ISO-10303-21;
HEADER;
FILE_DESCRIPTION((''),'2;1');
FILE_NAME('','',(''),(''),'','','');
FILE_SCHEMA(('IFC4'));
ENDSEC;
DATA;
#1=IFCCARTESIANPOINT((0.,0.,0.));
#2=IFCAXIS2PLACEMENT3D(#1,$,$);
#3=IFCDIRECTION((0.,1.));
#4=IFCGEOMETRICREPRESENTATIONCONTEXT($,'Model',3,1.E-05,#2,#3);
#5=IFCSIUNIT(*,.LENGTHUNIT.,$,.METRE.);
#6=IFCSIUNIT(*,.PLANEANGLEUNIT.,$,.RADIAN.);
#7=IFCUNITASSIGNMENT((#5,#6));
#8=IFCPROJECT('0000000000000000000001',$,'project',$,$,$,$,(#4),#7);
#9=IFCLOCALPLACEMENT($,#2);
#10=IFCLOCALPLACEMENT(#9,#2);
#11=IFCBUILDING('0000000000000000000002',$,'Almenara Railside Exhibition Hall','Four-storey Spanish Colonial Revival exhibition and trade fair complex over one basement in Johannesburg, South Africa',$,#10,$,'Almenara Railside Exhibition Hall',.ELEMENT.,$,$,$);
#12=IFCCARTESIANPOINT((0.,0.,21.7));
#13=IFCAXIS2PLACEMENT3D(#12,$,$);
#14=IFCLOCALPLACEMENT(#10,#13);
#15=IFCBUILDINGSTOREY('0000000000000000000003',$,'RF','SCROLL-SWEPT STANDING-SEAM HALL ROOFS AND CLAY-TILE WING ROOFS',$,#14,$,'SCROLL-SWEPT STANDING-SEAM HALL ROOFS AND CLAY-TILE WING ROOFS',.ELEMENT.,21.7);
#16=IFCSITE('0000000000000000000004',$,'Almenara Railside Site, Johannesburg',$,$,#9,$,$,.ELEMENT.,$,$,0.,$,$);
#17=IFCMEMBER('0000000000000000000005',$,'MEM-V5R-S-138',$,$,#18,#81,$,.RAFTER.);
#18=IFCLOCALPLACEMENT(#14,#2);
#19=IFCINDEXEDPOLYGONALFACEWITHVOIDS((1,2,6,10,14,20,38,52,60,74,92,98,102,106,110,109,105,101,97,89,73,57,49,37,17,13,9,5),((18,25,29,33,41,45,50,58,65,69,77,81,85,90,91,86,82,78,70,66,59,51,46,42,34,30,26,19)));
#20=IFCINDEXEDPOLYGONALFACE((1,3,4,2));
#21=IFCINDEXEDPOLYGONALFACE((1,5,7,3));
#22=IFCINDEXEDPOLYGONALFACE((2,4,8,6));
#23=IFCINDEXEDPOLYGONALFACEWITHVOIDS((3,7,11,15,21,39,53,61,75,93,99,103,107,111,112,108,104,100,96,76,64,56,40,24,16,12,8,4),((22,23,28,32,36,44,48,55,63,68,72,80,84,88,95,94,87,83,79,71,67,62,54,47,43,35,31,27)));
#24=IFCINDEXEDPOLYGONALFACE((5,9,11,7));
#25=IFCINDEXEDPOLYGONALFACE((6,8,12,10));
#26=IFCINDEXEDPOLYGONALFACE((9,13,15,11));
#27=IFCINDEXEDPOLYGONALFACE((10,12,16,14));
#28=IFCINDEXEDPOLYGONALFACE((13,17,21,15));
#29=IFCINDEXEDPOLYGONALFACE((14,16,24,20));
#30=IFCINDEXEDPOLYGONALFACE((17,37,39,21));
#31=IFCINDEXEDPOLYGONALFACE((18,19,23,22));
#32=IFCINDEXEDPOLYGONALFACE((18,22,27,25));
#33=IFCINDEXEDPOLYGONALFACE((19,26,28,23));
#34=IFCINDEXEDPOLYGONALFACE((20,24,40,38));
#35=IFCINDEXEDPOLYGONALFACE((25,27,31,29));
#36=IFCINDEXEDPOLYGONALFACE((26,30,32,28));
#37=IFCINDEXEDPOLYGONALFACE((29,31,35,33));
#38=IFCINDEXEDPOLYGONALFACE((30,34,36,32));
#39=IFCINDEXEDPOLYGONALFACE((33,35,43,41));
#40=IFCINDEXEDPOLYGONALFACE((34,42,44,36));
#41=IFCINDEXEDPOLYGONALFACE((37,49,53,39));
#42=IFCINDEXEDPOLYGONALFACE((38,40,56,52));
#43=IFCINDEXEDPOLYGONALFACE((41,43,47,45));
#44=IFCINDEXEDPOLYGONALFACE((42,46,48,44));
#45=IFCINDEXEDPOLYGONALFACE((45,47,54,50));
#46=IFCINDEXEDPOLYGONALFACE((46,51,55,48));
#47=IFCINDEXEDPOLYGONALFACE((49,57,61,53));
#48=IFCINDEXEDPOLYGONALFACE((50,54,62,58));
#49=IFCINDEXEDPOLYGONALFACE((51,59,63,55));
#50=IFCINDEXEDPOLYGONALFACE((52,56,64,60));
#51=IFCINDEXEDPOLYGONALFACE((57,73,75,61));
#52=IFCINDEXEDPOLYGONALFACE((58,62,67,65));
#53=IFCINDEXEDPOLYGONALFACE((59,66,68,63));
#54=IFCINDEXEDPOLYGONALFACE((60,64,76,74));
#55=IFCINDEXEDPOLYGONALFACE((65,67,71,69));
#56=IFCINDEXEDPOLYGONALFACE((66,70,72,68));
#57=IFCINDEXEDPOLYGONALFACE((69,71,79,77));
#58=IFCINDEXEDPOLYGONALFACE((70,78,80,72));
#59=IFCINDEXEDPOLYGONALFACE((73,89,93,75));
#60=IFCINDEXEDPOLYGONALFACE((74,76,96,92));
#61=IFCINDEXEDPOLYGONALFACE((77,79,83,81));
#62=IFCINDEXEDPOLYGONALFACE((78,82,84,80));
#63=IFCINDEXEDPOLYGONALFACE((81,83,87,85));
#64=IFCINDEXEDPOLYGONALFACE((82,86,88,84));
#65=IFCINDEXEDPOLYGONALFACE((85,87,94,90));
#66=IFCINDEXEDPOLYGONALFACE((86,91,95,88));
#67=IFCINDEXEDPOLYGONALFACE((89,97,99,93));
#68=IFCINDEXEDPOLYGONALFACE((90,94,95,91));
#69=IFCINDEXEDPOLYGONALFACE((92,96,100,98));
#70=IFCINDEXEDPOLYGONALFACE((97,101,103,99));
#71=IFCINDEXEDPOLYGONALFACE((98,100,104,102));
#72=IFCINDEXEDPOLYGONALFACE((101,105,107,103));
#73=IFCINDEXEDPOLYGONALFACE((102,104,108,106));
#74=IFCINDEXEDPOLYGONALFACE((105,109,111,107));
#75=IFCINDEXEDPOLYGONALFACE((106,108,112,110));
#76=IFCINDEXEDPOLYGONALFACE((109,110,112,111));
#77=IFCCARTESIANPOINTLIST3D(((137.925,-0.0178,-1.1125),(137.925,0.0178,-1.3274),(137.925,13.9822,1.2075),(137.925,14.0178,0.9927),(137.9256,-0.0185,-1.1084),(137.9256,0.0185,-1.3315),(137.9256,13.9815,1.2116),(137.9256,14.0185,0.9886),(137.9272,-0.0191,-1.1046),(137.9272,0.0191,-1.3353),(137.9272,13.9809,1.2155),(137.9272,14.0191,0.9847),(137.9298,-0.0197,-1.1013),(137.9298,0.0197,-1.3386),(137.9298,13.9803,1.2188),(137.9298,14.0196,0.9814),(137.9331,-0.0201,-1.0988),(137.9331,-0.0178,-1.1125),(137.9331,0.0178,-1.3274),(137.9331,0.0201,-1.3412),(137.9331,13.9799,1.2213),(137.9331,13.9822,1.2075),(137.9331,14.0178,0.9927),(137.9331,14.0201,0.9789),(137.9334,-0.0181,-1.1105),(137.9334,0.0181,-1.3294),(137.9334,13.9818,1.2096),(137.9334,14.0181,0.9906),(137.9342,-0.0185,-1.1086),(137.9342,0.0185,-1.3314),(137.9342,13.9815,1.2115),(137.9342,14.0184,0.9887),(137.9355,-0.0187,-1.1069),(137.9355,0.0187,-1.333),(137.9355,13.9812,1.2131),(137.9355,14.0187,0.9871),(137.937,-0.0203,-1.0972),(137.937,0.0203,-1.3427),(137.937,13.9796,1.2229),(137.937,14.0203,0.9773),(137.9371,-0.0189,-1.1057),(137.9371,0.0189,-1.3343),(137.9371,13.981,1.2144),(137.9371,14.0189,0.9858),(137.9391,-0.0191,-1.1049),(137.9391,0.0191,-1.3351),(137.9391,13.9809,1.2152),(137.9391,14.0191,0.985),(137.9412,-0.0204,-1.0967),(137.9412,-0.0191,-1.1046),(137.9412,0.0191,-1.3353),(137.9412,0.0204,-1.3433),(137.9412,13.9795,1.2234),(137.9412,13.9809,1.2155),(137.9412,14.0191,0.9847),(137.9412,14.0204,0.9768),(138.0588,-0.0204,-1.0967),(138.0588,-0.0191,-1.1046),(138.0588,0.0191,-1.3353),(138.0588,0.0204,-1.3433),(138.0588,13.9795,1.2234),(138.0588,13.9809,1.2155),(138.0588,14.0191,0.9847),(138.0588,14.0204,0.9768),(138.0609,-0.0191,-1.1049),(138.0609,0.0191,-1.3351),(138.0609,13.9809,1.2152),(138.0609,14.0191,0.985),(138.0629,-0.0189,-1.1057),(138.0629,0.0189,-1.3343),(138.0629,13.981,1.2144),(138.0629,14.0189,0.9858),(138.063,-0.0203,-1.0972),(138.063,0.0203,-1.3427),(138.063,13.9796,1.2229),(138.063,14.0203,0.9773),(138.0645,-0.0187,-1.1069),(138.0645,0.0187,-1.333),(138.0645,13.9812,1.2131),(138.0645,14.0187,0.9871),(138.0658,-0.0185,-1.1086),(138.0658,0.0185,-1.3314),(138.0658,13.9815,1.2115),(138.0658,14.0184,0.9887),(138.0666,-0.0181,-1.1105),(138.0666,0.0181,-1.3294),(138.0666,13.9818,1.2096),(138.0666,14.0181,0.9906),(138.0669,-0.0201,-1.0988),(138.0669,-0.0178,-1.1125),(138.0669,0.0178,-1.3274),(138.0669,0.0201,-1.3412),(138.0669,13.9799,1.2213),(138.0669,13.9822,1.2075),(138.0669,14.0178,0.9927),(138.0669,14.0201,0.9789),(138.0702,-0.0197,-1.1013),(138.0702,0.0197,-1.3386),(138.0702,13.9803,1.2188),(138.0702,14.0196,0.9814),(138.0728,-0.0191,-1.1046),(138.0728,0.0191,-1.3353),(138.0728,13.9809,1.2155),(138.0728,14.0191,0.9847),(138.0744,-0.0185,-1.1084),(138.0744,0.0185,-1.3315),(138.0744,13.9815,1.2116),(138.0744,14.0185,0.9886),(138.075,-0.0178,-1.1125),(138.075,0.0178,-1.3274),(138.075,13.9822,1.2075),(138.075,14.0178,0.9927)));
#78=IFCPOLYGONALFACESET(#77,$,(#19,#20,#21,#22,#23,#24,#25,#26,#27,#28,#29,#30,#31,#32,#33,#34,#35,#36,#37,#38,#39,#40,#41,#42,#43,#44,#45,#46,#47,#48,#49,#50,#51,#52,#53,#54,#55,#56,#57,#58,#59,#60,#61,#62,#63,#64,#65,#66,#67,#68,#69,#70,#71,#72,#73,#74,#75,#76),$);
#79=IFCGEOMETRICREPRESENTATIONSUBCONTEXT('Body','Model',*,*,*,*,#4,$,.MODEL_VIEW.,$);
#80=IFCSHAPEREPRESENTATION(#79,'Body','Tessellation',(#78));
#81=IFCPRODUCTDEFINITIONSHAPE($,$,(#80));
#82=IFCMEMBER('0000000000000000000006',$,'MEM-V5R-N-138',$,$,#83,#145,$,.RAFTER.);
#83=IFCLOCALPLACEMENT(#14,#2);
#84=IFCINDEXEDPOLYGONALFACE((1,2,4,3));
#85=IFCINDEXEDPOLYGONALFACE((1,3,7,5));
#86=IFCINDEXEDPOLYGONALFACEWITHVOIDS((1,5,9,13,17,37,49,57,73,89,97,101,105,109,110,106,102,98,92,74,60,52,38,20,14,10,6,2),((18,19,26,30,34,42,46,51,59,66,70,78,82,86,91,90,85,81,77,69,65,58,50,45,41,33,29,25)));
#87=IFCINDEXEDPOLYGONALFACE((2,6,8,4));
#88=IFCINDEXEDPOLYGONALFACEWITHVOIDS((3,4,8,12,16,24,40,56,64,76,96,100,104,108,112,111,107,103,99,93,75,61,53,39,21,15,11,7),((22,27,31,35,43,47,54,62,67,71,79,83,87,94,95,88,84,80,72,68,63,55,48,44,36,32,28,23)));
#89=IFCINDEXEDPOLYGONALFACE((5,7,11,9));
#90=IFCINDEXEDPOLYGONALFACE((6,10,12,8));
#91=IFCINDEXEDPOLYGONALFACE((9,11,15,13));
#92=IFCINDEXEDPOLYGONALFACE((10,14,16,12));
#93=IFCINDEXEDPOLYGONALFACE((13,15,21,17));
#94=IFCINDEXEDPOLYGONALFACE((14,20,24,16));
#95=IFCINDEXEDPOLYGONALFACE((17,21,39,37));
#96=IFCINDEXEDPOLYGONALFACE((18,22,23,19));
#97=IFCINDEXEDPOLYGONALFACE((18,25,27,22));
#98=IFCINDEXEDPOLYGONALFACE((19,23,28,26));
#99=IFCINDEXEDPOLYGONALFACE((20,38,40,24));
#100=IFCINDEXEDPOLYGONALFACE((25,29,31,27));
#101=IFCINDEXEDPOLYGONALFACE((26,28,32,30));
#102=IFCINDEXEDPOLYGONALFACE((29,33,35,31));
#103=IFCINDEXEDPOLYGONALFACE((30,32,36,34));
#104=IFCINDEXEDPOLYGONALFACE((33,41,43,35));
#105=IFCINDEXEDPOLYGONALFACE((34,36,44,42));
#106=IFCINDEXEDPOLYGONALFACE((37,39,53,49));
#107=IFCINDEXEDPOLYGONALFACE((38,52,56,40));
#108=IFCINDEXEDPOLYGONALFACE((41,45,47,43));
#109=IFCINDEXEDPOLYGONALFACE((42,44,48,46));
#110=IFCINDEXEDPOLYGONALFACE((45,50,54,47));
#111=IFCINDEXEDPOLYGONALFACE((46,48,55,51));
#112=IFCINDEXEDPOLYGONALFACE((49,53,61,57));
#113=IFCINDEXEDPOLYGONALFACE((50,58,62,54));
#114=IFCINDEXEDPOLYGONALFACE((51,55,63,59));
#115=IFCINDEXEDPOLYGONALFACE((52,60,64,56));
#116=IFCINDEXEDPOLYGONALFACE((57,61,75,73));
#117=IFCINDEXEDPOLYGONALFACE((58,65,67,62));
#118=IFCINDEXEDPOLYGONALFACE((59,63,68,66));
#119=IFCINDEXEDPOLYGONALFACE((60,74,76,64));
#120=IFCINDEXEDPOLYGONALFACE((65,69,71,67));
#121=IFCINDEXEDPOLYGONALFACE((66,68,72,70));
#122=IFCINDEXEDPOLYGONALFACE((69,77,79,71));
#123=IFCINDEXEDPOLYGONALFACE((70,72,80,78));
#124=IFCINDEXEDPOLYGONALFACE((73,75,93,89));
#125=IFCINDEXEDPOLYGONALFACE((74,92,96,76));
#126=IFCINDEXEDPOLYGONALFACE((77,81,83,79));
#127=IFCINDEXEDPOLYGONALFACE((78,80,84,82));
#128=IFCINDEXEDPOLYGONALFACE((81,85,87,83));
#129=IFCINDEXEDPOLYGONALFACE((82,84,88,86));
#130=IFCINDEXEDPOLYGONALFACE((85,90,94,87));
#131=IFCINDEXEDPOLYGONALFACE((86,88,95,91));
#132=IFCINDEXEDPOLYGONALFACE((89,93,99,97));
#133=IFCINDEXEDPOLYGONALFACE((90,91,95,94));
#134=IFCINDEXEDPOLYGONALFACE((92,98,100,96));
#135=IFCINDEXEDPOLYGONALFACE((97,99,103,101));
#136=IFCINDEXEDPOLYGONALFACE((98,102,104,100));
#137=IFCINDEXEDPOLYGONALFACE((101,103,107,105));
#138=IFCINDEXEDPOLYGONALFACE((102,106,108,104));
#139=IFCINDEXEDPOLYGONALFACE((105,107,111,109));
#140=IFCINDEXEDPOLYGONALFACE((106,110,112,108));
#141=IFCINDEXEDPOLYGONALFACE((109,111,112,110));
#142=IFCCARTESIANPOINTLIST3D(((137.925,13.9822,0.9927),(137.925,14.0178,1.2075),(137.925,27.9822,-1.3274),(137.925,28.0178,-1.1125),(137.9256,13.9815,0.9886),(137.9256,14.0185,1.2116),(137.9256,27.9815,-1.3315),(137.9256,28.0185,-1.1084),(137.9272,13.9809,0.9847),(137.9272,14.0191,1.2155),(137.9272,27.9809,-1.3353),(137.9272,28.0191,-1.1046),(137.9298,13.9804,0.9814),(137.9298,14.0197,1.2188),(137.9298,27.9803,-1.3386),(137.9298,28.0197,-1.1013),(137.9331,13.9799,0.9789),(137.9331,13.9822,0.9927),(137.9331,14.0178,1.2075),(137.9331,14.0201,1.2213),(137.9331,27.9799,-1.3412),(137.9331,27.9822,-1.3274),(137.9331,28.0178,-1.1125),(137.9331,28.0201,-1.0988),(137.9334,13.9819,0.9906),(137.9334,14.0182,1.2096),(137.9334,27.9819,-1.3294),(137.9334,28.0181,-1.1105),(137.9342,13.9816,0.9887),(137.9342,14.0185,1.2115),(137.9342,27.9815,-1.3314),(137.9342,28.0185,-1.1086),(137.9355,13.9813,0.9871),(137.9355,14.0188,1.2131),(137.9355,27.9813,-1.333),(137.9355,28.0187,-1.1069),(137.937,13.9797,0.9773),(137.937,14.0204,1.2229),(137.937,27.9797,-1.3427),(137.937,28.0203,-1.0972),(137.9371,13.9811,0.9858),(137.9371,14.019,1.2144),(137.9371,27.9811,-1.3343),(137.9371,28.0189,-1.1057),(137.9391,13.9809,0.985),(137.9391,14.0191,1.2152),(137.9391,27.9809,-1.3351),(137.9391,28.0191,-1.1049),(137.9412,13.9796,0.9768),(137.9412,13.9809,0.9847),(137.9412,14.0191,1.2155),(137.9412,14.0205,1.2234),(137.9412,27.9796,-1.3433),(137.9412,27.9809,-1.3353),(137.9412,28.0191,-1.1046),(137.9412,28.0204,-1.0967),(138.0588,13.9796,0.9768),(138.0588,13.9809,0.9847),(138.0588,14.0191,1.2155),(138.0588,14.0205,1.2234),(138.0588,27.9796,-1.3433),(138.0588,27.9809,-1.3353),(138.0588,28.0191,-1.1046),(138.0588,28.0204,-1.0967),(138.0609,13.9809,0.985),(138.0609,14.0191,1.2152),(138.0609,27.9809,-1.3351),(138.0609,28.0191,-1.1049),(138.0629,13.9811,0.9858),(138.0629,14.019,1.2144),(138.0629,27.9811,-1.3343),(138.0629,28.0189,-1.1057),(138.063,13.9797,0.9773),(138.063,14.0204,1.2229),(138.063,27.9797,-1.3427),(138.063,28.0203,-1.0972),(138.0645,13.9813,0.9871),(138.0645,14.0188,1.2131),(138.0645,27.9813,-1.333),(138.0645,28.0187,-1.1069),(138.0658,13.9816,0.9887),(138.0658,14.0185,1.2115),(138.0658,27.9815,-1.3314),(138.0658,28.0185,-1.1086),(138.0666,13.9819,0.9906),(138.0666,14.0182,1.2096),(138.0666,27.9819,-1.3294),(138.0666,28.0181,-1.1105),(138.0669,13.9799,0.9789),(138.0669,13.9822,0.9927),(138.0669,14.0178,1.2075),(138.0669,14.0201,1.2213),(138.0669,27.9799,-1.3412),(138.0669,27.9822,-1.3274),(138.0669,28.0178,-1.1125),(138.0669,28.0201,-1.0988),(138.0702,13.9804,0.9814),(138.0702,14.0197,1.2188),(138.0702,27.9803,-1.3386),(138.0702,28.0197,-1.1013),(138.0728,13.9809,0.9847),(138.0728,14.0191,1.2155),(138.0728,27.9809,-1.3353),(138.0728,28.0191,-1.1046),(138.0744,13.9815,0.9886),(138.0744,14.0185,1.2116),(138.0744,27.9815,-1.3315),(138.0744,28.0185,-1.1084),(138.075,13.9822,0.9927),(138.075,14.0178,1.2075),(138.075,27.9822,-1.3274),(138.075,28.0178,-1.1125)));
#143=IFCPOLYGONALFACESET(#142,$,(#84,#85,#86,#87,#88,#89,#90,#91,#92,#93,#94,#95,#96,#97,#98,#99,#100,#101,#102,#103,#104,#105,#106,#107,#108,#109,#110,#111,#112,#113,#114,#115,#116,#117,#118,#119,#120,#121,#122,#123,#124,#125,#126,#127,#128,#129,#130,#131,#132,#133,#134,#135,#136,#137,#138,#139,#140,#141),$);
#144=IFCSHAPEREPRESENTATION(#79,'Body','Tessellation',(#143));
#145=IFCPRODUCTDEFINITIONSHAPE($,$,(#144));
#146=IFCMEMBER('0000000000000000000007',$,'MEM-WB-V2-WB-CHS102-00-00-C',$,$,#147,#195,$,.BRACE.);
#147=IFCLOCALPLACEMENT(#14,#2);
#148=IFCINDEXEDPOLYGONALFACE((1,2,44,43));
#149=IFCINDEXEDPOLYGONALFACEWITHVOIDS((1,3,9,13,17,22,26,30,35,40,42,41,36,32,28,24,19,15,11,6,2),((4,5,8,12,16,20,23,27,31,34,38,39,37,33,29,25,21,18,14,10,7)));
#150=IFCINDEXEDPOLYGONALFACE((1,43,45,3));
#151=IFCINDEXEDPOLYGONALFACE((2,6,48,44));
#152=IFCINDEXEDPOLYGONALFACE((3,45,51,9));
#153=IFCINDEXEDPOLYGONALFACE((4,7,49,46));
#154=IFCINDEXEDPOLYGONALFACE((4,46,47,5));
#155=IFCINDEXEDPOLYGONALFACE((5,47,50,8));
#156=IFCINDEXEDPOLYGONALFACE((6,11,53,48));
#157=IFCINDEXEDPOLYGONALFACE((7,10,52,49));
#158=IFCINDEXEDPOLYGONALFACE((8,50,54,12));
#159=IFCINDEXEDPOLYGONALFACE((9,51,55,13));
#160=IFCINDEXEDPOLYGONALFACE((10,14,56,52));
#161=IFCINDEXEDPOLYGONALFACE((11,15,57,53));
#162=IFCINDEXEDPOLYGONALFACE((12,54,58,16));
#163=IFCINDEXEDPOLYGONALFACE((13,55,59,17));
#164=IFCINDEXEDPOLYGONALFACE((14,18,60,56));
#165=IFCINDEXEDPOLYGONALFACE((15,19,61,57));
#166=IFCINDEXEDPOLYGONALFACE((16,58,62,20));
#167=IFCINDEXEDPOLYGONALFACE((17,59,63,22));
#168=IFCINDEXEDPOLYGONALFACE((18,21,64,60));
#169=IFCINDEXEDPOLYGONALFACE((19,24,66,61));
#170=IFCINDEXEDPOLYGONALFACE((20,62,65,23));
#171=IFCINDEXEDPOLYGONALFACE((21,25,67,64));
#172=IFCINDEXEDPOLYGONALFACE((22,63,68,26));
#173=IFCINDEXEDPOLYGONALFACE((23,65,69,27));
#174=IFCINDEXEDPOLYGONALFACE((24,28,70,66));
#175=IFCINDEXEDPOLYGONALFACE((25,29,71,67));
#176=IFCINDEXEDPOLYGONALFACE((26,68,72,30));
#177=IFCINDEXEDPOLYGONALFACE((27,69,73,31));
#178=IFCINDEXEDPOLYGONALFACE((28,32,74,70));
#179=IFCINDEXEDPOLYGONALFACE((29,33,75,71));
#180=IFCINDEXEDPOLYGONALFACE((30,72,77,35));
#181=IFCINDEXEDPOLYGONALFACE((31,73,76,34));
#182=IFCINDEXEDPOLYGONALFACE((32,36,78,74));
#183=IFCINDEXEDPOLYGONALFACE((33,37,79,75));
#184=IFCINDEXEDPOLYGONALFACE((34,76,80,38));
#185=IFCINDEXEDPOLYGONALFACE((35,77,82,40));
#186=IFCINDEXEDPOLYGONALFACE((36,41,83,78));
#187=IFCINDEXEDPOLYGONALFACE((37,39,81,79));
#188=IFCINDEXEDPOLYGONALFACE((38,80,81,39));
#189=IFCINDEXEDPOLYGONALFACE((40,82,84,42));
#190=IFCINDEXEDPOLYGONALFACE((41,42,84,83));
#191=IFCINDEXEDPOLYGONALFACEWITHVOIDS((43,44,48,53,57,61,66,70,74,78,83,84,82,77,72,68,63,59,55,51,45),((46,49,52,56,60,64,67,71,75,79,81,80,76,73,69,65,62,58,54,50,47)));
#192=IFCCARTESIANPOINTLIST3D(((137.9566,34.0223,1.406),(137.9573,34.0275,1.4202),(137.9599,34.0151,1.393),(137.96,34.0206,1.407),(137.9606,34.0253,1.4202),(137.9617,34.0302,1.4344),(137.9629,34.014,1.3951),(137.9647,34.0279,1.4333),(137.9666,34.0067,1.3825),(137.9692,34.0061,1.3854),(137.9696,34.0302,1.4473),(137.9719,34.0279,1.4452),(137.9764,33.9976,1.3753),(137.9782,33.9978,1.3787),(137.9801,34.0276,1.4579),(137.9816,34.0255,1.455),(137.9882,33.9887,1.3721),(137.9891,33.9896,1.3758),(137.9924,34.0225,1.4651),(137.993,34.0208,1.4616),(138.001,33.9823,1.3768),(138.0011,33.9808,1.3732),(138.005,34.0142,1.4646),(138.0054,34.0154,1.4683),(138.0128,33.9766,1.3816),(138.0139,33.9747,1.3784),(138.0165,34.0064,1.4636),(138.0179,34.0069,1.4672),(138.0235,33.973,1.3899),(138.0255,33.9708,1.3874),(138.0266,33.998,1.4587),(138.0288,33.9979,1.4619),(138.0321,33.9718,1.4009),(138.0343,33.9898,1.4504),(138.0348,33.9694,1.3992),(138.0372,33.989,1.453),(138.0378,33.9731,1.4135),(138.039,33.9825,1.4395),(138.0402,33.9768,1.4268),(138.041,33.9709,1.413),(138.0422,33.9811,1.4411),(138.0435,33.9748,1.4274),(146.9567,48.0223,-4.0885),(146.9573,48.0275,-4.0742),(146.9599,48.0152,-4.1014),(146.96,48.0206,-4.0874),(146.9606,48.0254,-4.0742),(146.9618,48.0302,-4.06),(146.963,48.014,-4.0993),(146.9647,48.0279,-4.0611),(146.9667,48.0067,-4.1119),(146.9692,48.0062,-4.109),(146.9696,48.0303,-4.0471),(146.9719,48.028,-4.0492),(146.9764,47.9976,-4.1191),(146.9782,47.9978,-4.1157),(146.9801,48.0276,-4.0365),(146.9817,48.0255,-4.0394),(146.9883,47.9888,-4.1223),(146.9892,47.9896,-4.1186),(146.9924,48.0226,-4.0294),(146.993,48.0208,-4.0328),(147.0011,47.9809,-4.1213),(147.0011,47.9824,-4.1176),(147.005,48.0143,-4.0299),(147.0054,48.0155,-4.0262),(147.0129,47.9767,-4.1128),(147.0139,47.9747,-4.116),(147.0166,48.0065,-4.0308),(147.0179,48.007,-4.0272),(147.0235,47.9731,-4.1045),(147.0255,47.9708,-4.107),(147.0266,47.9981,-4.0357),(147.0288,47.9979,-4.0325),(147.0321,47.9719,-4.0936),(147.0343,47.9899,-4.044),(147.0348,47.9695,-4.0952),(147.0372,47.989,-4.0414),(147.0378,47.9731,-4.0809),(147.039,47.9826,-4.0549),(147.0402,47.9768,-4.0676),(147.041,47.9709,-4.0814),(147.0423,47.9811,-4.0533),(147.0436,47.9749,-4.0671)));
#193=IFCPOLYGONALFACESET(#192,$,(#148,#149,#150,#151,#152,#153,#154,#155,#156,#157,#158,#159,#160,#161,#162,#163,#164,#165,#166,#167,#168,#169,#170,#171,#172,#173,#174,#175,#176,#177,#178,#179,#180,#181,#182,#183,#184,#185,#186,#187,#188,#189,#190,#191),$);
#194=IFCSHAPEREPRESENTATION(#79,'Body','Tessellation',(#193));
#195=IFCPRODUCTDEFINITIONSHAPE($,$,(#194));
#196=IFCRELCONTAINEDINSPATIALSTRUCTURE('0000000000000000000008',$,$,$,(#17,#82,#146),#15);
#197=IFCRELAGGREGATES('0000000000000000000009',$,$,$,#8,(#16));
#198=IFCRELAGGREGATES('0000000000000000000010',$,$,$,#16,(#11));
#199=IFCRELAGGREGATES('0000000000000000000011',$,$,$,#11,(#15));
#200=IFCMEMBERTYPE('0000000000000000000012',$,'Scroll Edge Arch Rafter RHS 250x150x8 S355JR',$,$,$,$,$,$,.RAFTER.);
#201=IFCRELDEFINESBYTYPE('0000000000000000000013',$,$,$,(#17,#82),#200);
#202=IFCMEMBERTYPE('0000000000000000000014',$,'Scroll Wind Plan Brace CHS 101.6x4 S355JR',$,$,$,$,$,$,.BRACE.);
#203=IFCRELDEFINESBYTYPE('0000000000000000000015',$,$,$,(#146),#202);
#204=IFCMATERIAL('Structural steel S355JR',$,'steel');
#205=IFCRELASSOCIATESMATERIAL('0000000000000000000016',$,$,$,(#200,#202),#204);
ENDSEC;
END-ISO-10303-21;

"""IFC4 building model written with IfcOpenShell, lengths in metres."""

from ifc_helpers import new_model, si_unit, direction, frame, origin, origin_2d, place, context, subcontext, project, spatial, hollow_rectangle, hollow_circle, extrude, material, material_profile, profile_set, type_object, element, save


model = new_model("IFC4")

# Units and contexts
model_context = context("Model", 3, precision=1e-05, world=origin(), true_north=direction((0.0, 1.0)))
body_context = subcontext(model_context, "Body", "Model", "MODEL_VIEW")
ifc_project = project(units=[si_unit("LENGTHUNIT", "METRE"), si_unit("PLANEANGLEUNIT", "RADIAN")], contexts=[model_context])

# Site, building, storey
site_placement = place(None, origin())
site = spatial("IfcSite", under=ifc_project, at=site_placement, Name="Almenara Railside Site, Johannesburg", CompositionType="ELEMENT", RefElevation=0.0)
building_placement = place(site_placement, origin())
building = spatial("IfcBuilding", under=site, at=building_placement, Name="Almenara Railside Exhibition Hall", Description="Four-storey Spanish Colonial Revival exhibition and trade fair complex over one basement in Johannesburg, South Africa", LongName="Almenara Railside Exhibition Hall", CompositionType="ELEMENT")
storey_placement = place(building_placement, frame((0.0, 0.0, 21.7)))
storey = spatial("IfcBuildingStorey", under=building, at=storey_placement, Name="RF", Description="SCROLL-SWEPT STANDING-SEAM HALL ROOFS AND CLAY-TILE WING ROOFS", LongName="SCROLL-SWEPT STANDING-SEAM HALL ROOFS AND CLAY-TILE WING ROOFS", CompositionType="ELEMENT", Elevation=21.7)

# Shared definitions
ifc_material_1 = material(Name="Structural steel S355JR", Category="steel")

# Members
ifc_material_profile_1 = material_profile(ifc_material_1, hollow_rectangle(XDim=0.1499, YDim=0.25, WallThickness=0.0081, InnerFilletRadius=0.0081, OuterFilletRadius=0.0161, at=origin_2d()), Name="RHS 250x150x8")
ifc_profile_set_1 = profile_set([ifc_material_profile_1], Name="Structural steel S355JR")
member_type_1 = type_object("IfcMemberType", Name="Scroll Edge Arch Rafter RHS 250x150x8 S355JR", PredefinedType="RAFTER", material=ifc_profile_set_1)
for number, where, z_axis, x_axis, name in (
    (1, (138.0, 0.0, -1.22), (0.0, 0.986545, 0.163489), (-1.0, 0.0, 0.0), "MEM-V5R-S-138"),
    (2, (138.0, 28.0, -1.22), (0.0, -0.986545, 0.163489), (1.0, 0.0, 0.0), "MEM-V5R-N-138"),
):
    element("IfcMember", number, at=place(storey_placement, frame(where, z_axis=z_axis, x_axis=x_axis)), inside=storey, type_object=member_type_1, Name=name, PredefinedType="RAFTER", context=body_context, shape_type="SweptSolid", body=[
        extrude(hollow_rectangle(XDim=0.1499, YDim=0.25, WallThickness=0.0081, InnerFilletRadius=0.0081, OuterFilletRadius=0.0161, at=origin_2d()), origin(), (0.0, 0.0, 1.0), 14.1909),
    ])
ifc_material_profile_2 = material_profile(ifc_material_1, hollow_circle(Radius=0.0508, WallThickness=0.0039, at=origin_2d()), Name="CHS 101.6x4")
ifc_profile_set_2 = profile_set([ifc_material_profile_2], Name="Structural steel S355JR")
member_type_2 = type_object("IfcMemberType", Name="Scroll Wind Plan Brace CHS 101.6x4 S355JR", PredefinedType="BRACE", material=ifc_profile_set_2)
member_1_placement = place(storey_placement, frame((138.0, 34.0, 1.4202), z_axis=(0.5135, 0.798777, -0.313485), x_axis=(-0.841178, 0.540758, 0.0)))
element("IfcMember", 3, at=member_1_placement, inside=storey, type_object=member_type_2, Name="MEM-WB-V2-WB-CHS102-00-00-C", PredefinedType="BRACE", context=body_context, shape_type="SweptSolid", body=[
    extrude(hollow_circle(Radius=0.0508, WallThickness=0.0039, at=origin_2d()), origin(), (0.0, 0.0, 1.0), 17.5269),
])

save(model, "model.ifc")
